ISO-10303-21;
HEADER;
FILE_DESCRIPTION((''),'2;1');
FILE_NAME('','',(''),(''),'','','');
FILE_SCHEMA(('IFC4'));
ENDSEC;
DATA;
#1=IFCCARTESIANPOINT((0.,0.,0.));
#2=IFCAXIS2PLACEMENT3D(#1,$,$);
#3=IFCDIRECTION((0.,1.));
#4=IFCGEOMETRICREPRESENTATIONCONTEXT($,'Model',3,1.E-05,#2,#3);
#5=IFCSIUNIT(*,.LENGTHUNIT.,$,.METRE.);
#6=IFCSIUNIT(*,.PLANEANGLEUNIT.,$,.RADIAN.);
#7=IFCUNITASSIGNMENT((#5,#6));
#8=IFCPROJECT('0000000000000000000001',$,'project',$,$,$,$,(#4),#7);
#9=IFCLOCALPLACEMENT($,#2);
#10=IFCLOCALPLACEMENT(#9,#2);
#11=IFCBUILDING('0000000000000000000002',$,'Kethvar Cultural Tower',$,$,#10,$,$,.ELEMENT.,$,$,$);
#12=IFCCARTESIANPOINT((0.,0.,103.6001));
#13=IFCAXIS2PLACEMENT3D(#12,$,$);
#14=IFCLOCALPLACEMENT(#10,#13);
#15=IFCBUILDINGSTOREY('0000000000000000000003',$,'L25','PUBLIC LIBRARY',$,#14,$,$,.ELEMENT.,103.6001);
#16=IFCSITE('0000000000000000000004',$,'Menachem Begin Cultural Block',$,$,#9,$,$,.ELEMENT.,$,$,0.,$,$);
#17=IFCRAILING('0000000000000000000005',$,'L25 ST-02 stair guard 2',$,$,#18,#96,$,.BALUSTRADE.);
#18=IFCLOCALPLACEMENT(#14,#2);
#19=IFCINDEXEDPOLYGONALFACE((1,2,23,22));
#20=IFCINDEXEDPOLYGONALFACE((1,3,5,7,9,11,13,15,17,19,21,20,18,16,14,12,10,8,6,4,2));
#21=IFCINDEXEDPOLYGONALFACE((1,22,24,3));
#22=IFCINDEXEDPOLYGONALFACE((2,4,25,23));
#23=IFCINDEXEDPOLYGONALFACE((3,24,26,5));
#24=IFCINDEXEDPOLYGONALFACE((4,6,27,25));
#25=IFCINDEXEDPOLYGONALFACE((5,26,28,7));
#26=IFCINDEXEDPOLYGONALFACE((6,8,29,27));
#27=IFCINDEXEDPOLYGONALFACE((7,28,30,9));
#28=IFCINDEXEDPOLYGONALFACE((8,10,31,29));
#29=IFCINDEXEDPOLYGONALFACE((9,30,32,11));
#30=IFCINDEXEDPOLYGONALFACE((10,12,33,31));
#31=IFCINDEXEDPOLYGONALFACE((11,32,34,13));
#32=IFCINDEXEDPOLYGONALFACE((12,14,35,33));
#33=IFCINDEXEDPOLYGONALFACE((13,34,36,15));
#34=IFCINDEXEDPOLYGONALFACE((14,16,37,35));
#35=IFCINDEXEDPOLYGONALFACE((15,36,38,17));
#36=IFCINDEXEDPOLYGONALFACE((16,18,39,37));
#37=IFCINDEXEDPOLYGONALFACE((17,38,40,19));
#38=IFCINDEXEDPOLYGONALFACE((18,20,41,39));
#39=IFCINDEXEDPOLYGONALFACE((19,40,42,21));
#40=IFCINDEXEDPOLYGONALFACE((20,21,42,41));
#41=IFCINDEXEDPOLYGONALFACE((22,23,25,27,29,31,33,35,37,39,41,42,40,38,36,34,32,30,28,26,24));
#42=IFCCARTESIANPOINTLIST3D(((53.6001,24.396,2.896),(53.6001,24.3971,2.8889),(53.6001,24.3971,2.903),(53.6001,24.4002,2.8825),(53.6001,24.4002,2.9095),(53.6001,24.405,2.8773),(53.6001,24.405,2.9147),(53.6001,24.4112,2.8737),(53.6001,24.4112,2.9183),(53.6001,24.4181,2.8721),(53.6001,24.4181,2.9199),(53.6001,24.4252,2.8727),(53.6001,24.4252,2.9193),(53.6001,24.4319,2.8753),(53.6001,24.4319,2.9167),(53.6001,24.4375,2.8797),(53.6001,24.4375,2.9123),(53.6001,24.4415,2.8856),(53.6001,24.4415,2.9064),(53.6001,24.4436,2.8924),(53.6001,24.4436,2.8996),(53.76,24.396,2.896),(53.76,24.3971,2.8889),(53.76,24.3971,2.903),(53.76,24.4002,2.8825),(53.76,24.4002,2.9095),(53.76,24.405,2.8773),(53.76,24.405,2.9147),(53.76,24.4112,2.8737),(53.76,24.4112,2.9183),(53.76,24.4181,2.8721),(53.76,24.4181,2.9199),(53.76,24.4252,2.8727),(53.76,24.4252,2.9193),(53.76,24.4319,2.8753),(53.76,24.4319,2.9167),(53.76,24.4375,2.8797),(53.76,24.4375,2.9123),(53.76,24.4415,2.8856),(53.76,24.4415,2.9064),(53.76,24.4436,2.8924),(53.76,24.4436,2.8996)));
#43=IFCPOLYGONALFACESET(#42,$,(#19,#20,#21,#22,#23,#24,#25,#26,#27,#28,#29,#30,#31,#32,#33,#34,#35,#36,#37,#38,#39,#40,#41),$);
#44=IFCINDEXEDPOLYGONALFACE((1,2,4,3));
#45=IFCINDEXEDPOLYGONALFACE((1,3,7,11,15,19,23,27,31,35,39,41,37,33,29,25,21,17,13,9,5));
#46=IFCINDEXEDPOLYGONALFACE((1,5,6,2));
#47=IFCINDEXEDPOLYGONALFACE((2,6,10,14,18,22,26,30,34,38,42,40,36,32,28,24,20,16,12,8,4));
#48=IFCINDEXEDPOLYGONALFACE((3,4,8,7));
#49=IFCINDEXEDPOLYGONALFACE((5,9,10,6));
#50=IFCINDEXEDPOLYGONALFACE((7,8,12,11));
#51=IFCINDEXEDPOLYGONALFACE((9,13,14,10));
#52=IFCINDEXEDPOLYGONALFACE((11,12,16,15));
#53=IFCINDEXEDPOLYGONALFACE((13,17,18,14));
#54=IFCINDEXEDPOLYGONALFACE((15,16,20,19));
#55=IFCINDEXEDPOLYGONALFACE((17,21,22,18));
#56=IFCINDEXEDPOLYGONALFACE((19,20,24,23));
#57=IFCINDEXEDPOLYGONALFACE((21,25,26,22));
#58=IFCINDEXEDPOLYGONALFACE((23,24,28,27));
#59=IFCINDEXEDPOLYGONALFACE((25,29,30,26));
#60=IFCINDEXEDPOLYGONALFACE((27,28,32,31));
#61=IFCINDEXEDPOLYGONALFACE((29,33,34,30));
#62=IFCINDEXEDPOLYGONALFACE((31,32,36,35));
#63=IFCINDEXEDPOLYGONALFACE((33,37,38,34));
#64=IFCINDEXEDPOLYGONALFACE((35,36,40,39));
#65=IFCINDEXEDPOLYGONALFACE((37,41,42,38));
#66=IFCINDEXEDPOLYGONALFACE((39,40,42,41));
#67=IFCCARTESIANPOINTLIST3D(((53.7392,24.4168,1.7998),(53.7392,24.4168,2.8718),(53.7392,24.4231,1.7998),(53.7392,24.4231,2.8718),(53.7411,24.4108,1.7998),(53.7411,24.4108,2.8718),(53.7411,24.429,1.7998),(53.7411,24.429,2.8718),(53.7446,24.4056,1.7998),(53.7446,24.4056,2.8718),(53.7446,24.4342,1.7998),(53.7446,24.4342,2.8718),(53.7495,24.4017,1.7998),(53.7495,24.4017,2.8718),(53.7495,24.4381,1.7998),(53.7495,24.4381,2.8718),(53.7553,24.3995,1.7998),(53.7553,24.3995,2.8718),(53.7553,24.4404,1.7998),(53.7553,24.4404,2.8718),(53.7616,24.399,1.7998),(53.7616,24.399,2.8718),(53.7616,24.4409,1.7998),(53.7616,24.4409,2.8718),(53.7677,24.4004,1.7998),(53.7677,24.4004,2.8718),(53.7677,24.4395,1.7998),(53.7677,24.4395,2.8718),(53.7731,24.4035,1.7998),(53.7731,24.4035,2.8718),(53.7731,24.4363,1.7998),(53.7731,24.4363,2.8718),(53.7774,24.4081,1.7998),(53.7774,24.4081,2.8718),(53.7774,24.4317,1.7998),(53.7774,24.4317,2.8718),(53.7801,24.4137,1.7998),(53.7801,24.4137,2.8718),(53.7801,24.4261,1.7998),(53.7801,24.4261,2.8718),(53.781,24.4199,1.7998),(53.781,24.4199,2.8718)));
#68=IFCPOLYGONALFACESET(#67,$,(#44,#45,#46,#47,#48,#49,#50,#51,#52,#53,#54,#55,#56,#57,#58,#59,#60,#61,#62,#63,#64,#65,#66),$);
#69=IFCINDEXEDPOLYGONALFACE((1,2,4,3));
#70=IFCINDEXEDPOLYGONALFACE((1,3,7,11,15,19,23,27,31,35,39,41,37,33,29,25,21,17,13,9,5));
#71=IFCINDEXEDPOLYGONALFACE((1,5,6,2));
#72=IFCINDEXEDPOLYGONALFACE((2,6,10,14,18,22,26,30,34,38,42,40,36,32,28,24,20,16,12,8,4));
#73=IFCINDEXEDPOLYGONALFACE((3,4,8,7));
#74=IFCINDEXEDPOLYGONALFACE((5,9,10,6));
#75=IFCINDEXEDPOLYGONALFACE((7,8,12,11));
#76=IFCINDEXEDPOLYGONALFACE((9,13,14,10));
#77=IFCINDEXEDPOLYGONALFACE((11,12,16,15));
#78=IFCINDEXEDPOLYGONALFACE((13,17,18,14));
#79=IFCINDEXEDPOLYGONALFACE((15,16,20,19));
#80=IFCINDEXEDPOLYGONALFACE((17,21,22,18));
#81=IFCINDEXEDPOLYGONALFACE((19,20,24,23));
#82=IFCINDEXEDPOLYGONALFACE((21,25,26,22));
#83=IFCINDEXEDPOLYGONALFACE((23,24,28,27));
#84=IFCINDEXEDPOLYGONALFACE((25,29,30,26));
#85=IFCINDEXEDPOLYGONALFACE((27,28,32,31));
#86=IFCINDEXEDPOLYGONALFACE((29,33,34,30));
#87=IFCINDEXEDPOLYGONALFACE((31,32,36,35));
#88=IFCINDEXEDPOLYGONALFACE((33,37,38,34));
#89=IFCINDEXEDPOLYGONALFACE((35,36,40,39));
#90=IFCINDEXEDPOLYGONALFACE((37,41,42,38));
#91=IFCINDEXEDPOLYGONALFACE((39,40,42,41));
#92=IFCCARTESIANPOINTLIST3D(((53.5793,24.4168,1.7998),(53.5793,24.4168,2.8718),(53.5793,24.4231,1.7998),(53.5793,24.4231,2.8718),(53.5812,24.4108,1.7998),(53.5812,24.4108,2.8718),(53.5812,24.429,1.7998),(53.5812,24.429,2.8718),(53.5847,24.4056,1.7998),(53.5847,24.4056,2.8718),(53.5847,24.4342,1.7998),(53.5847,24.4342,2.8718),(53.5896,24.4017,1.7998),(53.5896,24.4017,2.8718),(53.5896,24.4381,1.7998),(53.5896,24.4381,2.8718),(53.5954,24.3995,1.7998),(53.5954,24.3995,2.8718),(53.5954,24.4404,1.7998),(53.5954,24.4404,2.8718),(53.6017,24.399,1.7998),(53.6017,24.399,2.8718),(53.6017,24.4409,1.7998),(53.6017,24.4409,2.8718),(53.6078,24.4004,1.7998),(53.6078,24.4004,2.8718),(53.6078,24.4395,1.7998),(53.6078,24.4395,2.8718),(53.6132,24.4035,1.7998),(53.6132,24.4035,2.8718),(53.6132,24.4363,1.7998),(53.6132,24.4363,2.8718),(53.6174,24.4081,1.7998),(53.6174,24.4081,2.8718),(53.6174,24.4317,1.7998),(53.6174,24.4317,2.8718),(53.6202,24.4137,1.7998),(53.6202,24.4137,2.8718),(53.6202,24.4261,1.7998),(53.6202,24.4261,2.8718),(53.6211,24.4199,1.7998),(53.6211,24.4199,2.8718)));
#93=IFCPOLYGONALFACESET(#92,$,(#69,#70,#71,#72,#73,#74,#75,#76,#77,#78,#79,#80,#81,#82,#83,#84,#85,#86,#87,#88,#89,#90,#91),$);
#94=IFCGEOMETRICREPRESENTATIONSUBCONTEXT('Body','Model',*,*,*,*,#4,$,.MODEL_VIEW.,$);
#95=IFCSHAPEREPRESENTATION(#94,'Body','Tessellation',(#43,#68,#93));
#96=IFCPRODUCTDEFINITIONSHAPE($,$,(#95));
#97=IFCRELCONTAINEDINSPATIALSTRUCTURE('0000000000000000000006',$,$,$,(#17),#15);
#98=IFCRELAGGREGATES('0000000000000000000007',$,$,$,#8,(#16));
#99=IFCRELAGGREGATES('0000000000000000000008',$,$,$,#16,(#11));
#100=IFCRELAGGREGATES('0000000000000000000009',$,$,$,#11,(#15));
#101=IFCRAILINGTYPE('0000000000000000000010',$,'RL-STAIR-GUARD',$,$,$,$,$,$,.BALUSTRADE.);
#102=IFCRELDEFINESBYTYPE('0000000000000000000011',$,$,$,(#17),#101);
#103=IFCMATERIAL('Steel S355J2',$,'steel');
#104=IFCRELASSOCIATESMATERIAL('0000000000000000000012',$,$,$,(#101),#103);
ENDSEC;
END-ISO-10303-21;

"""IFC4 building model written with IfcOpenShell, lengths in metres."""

from ifc_helpers import new_model, si_unit, direction, frame, origin, origin_2d, place, context, subcontext, project, spatial, circle, extrude, material, type_object, element, save


model = new_model("IFC4")

# Units and contexts
model_context = context("Model", 3, precision=1e-05, world=origin(), true_north=direction((0.0, 1.0)))
body_context = subcontext(model_context, "Body", "Model", "MODEL_VIEW")
ifc_project = project(units=[si_unit("LENGTHUNIT", "METRE"), si_unit("PLANEANGLEUNIT", "RADIAN")], contexts=[model_context])

# Site, building, storey
site_placement = place(None, origin())
site = spatial("IfcSite", under=ifc_project, at=site_placement, Name="Menachem Begin Cultural Block", CompositionType="ELEMENT", RefElevation=0.0)
building_placement = place(site_placement, origin())
building = spatial("IfcBuilding", under=site, at=building_placement, Name="Kethvar Cultural Tower", CompositionType="ELEMENT")
storey_placement = place(building_placement, frame((0.0, 0.0, 103.6001)))
storey = spatial("IfcBuildingStorey", under=building, at=storey_placement, Name="L25", Description="PUBLIC LIBRARY", CompositionType="ELEMENT", Elevation=103.6001)

# Shared definitions
ifc_material_1 = material(Name="Steel S355J2", Category="steel")

# Railing
railing_type_1 = type_object("IfcRailingType", Name="RL-STAIR-GUARD", PredefinedType="BALUSTRADE", material=ifc_material_1)
railing_1_placement = place(storey_placement, frame((53.76, 24.4199, 1.7998)))
element("IfcRailing", 1, at=railing_1_placement, inside=storey, type_object=railing_type_1, Name="L25 ST-02 stair guard 2", PredefinedType="BALUSTRADE", context=body_context, shape_type="SweptSolid", body=[
    extrude(circle(Radius=0.0239, at=origin_2d()), frame((0.0, 0.0, 1.0962), z_axis=(-1.0, 0.0, 0.0), x_axis=(0.0, -1.0, 0.0)), (0.0, 0.0, 1.0), 0.1599),
    extrude(circle(Radius=0.021, at=origin_2d()), origin(), (0.0, 0.0, 1.0), 1.072),
    extrude(circle(Radius=0.021, at=origin_2d()), frame((-0.1599, 0.0, 0.0)), (0.0, 0.0, 1.0), 1.072),
])

save(model, "model.ifc")
